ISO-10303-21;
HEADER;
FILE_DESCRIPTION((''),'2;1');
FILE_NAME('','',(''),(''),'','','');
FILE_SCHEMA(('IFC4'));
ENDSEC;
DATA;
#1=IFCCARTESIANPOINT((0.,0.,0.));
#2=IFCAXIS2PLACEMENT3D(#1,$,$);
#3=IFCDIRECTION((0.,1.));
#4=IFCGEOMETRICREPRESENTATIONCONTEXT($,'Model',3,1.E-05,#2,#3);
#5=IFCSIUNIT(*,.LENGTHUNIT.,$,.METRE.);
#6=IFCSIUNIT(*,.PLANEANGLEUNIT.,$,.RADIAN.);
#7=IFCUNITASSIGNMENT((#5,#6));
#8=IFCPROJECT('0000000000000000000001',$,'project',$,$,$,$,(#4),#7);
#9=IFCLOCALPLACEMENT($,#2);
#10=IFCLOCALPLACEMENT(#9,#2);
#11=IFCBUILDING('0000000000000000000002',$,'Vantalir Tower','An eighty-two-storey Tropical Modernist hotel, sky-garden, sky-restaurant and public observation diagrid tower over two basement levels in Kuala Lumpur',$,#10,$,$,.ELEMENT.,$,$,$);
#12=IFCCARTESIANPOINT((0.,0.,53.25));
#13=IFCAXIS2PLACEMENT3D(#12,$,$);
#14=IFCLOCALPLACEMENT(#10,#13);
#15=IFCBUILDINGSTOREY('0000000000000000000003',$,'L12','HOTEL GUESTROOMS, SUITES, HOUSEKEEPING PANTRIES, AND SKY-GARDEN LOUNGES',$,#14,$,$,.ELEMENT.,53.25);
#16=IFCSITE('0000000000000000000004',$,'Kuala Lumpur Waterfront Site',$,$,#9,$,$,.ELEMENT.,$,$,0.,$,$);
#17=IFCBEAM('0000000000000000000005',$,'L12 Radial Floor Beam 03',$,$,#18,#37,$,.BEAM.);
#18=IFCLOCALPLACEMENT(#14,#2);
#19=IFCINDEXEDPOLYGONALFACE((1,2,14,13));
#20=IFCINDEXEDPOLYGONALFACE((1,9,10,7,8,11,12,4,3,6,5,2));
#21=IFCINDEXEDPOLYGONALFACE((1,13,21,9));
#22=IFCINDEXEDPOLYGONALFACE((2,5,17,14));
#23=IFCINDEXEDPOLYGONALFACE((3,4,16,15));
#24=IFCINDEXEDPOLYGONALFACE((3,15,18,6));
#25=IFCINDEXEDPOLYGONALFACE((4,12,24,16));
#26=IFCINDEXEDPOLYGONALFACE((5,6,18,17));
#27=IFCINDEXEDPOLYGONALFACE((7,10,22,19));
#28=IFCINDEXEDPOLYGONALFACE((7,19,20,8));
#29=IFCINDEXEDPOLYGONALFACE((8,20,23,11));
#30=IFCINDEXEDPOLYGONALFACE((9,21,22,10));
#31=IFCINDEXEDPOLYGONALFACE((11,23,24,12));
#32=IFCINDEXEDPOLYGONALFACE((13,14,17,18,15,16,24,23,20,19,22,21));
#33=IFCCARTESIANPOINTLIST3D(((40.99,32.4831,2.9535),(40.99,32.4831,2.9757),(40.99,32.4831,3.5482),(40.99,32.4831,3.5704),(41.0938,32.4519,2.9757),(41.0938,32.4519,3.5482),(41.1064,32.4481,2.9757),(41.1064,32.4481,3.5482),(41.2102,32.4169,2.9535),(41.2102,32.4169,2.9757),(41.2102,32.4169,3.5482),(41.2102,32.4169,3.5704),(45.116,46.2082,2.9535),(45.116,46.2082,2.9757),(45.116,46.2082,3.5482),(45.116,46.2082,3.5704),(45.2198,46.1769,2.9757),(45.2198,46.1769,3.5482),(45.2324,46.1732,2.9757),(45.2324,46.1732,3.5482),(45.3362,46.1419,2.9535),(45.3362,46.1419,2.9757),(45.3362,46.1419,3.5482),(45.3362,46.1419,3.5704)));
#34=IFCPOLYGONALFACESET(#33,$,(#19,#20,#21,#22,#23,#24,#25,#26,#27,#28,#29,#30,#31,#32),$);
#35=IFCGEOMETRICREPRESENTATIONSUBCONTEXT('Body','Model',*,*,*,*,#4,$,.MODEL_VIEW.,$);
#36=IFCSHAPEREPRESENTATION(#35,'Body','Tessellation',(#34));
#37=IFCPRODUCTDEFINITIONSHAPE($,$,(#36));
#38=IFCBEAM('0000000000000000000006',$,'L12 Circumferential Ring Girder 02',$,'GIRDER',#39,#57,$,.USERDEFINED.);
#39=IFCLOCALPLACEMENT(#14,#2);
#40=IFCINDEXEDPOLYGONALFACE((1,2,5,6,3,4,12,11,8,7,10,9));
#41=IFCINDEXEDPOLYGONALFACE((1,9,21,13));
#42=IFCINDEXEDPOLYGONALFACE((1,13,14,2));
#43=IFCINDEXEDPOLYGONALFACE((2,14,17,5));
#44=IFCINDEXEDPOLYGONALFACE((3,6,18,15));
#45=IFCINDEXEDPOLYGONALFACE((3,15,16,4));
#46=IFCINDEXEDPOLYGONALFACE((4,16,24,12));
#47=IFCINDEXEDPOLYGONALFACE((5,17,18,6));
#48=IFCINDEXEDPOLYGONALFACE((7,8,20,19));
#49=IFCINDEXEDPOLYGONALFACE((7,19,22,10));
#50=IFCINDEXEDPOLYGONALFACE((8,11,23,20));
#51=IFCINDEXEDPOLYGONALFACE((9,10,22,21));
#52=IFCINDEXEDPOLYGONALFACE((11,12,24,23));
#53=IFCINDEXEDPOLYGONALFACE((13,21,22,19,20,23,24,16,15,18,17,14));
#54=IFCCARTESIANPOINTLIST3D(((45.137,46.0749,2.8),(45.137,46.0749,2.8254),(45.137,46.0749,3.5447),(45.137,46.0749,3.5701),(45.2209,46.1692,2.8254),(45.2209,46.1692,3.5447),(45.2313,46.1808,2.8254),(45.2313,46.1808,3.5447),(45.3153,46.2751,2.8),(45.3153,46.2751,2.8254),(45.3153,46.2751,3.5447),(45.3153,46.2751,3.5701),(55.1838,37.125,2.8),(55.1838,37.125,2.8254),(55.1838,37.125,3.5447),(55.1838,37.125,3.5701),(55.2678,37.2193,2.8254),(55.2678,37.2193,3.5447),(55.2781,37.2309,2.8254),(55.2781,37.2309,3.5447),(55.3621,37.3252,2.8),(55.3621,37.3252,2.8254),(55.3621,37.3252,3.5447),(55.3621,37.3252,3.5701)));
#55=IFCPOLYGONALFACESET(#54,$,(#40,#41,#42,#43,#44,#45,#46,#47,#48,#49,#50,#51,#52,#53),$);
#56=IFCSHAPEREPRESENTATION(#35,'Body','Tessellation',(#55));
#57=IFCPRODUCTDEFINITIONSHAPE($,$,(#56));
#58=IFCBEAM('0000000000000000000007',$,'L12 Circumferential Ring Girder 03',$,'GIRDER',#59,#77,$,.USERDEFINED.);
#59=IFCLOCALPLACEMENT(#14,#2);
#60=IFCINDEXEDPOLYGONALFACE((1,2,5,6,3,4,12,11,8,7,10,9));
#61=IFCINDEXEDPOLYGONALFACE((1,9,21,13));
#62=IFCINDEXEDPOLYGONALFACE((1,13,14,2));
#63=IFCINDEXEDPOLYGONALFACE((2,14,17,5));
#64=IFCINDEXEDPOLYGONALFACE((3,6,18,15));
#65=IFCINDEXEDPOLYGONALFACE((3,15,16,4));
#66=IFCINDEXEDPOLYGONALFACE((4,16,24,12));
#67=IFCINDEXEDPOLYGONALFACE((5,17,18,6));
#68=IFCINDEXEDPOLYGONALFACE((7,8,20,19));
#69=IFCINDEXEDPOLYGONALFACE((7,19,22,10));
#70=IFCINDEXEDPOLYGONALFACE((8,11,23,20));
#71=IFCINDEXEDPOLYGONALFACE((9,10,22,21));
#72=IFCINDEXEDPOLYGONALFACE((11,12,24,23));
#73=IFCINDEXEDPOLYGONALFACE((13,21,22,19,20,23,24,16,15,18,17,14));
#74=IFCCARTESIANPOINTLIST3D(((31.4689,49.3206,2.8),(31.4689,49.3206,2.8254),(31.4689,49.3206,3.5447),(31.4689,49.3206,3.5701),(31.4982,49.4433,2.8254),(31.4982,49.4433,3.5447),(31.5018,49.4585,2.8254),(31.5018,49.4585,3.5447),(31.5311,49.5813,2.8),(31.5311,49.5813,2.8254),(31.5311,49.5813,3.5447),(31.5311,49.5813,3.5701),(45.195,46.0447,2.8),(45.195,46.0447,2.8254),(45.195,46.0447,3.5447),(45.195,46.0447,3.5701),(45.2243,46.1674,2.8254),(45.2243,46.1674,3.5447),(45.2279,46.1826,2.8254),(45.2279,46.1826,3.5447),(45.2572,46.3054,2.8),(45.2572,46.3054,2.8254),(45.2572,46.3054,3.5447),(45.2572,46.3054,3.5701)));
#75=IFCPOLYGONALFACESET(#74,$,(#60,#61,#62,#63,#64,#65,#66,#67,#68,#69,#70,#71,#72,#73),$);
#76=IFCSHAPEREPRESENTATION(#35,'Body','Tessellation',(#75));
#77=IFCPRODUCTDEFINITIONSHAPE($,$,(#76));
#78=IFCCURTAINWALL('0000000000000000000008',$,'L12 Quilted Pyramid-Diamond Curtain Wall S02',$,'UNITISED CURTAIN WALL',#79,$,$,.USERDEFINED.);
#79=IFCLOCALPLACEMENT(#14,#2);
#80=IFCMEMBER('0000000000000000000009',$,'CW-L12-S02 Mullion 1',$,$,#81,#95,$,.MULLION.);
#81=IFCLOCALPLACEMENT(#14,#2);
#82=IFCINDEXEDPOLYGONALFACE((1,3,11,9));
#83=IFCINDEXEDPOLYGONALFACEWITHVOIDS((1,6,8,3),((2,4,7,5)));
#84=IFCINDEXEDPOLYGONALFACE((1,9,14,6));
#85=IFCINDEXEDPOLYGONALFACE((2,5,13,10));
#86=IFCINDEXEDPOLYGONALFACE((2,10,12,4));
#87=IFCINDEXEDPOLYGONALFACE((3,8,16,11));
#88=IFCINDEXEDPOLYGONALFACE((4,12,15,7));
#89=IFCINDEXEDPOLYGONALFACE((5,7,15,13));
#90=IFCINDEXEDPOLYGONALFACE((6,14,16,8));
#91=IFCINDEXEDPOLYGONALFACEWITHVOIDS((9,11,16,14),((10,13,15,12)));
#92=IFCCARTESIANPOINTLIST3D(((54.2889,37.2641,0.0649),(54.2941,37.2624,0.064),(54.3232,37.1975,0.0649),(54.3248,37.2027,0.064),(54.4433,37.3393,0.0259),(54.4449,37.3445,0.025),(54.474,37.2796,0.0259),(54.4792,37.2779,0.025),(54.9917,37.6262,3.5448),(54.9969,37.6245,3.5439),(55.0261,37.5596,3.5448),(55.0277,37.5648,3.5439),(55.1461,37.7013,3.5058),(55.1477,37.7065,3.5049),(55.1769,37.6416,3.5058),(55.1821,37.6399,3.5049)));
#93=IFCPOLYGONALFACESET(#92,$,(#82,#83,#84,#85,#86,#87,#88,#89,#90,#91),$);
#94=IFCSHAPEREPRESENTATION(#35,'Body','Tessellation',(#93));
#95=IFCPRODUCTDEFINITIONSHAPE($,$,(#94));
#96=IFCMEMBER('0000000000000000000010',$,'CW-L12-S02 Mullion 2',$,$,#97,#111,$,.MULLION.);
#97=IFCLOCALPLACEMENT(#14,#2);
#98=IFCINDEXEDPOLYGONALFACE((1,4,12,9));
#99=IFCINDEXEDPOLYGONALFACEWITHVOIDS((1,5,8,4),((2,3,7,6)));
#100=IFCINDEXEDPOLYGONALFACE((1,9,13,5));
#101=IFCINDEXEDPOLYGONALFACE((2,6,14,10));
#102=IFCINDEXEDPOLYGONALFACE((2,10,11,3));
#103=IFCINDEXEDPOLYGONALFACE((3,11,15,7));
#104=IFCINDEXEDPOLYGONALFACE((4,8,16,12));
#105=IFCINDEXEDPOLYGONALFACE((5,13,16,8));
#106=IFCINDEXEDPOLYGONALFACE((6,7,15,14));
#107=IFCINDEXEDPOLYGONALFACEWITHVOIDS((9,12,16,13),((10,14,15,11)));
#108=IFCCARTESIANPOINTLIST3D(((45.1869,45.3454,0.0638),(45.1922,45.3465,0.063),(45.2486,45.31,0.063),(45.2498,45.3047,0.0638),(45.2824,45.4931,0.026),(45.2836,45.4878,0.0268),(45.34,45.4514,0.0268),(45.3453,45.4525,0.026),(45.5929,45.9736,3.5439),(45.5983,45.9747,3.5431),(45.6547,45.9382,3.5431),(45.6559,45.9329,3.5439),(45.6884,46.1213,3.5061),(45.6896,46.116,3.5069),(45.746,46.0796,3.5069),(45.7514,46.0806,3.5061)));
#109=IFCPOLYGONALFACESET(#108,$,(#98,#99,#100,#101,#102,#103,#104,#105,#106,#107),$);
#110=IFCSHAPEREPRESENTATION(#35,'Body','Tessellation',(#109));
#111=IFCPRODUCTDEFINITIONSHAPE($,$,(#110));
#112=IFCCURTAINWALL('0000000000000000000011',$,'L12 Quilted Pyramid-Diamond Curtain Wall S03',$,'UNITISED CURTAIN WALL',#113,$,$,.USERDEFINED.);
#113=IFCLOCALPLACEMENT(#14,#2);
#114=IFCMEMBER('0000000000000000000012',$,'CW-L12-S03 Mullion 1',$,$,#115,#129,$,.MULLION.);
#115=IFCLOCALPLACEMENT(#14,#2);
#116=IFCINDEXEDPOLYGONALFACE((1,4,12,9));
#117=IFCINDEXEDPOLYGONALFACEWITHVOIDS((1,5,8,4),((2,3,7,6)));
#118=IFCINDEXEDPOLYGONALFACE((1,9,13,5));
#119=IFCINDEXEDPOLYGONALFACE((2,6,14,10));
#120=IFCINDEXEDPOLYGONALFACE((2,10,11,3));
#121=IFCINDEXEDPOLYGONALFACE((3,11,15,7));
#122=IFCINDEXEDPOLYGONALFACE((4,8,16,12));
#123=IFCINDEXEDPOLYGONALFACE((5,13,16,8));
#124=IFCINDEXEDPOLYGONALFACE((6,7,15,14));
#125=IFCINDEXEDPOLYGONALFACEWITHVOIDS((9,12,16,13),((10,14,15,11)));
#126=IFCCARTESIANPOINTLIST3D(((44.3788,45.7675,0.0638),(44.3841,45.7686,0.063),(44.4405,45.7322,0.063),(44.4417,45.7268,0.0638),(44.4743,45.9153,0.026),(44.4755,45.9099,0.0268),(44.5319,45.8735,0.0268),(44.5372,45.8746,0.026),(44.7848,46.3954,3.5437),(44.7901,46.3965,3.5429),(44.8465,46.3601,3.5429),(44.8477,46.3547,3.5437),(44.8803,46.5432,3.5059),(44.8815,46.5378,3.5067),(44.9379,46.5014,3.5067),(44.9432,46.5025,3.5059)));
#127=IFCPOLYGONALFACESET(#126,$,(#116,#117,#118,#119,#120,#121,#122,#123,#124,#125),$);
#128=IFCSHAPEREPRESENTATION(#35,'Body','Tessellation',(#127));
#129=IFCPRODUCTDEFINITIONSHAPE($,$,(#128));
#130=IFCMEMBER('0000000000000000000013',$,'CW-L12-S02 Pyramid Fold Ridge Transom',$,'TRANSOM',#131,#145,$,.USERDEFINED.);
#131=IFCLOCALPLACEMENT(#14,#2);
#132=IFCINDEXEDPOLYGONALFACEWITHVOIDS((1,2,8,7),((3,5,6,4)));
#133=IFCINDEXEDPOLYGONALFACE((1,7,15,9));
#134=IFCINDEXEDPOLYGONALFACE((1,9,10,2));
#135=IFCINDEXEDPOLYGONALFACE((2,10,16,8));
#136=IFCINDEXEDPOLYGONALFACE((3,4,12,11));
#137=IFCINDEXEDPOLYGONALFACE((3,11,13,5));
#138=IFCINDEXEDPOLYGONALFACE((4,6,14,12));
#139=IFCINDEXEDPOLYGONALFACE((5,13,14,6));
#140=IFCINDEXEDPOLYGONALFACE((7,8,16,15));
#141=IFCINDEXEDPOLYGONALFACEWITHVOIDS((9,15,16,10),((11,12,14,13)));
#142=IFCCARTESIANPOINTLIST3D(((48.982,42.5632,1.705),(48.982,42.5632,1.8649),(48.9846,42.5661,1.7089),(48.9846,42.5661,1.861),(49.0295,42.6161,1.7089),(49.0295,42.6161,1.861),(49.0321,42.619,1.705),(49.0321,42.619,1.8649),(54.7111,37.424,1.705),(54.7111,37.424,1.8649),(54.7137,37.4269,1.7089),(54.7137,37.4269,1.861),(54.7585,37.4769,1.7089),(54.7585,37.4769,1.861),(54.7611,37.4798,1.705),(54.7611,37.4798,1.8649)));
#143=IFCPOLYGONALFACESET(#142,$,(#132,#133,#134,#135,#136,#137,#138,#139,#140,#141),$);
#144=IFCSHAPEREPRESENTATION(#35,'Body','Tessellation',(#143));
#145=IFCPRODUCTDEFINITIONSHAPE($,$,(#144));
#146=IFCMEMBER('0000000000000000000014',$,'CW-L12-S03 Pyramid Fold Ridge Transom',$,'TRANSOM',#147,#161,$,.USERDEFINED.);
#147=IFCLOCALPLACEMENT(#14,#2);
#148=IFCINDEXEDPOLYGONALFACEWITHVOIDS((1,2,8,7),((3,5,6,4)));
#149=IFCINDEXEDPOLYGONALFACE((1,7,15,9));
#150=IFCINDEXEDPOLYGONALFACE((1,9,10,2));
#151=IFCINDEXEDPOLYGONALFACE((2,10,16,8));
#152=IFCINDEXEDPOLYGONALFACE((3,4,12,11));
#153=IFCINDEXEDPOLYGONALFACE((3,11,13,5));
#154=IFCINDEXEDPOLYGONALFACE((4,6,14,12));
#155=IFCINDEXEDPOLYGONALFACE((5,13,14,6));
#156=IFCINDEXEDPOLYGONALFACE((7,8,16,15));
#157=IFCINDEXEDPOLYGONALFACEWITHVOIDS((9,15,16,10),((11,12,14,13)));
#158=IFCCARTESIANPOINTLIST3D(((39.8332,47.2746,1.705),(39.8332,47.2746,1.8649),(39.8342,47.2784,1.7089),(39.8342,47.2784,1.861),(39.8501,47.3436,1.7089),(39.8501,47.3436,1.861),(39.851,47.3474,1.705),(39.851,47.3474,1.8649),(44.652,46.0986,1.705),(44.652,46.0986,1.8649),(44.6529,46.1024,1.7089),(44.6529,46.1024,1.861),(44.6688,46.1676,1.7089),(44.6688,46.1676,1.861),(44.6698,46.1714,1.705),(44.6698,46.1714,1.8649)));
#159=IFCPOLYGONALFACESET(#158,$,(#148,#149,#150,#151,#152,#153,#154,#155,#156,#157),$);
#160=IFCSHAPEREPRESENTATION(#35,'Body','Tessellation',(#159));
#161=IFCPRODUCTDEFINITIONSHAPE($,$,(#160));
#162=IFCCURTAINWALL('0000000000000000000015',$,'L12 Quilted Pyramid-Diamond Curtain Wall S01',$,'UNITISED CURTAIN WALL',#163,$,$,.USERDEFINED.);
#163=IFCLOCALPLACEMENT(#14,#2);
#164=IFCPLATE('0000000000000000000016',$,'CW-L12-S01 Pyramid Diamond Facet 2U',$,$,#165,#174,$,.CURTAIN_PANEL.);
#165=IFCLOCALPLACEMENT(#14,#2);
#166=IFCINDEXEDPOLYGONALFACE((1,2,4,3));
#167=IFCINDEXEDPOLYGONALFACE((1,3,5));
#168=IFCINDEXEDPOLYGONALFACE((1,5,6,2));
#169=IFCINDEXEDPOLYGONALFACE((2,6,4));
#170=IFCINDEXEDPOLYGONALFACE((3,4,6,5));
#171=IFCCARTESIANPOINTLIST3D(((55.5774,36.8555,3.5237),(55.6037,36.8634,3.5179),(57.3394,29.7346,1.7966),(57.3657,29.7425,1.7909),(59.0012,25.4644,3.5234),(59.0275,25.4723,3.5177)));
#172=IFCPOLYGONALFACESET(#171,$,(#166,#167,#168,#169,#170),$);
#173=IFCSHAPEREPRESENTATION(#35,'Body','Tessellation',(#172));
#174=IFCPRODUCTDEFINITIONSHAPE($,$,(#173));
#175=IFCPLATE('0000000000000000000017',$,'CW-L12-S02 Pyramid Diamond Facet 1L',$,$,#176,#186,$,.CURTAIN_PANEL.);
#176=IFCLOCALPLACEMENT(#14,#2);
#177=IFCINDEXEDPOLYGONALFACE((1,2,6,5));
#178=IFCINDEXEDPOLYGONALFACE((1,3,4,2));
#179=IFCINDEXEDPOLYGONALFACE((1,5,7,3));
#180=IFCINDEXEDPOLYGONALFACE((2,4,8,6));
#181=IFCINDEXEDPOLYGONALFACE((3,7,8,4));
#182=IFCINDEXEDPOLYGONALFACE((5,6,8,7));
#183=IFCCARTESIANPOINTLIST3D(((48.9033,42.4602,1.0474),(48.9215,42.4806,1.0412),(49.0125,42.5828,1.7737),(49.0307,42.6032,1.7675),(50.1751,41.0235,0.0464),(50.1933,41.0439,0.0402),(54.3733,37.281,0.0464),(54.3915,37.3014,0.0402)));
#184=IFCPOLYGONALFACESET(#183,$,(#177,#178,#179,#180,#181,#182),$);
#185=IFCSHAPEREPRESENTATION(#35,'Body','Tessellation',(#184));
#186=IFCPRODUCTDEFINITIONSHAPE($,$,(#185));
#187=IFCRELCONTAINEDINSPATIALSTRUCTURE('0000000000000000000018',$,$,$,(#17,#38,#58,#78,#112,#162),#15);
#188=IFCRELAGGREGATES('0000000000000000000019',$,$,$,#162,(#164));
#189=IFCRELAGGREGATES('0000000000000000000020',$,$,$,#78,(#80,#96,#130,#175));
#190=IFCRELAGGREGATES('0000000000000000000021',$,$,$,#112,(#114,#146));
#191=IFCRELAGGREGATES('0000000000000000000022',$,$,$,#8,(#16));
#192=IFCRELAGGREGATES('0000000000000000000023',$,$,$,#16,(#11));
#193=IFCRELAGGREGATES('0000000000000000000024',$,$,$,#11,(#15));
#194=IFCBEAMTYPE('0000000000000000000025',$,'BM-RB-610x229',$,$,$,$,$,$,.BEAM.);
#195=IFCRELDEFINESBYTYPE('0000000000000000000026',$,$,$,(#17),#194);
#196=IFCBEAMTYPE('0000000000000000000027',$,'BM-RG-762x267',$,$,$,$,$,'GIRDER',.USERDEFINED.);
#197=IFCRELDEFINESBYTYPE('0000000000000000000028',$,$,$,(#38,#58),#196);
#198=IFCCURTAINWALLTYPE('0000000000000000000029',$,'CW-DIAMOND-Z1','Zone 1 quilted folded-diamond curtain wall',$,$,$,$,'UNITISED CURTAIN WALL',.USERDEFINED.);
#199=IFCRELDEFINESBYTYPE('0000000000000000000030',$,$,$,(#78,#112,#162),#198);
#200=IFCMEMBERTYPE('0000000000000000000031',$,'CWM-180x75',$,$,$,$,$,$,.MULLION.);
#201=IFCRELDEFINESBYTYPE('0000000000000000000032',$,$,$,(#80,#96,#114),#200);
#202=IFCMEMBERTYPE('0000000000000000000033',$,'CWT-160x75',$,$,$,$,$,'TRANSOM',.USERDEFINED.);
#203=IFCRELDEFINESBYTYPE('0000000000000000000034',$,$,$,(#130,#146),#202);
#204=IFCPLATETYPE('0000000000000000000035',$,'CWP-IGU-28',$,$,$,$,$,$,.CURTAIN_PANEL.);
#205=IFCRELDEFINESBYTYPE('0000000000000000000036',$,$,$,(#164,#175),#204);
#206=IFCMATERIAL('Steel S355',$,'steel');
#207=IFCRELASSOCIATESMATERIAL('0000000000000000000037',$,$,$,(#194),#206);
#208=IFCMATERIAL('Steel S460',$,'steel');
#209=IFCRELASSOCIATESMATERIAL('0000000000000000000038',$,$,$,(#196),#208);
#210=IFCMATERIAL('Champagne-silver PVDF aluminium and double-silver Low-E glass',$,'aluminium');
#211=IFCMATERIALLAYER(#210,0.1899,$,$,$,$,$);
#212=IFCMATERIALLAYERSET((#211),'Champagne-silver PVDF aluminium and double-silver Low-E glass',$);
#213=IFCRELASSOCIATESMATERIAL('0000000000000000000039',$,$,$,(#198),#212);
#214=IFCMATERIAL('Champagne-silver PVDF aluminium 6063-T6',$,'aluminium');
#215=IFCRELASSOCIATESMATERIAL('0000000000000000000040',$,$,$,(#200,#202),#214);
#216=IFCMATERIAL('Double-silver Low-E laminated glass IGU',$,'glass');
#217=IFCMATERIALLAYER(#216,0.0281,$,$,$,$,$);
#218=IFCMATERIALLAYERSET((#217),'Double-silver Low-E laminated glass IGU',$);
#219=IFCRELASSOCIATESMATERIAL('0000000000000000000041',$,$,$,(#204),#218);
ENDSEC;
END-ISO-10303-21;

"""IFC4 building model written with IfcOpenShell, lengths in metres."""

from ifc_helpers import new_model, si_unit, direction, frame, origin, origin_2d, place, context, subcontext, project, spatial, polyline, hollow_rectangle, i_section, outline, extrude, material, layer, layer_set, material_profile, profile_set, type_object, element, aggregate, save


model = new_model("IFC4")

# Units and contexts
model_context = context("Model", 3, precision=1e-05, world=origin(), true_north=direction((0.0, 1.0)))
body_context = subcontext(model_context, "Body", "Model", "MODEL_VIEW")
ifc_project = project(units=[si_unit("LENGTHUNIT", "METRE"), si_unit("PLANEANGLEUNIT", "RADIAN")], contexts=[model_context])

# Site, building, storey
site_placement = place(None, origin())
site = spatial("IfcSite", under=ifc_project, at=site_placement, Name="Kuala Lumpur Waterfront Site", CompositionType="ELEMENT", RefElevation=0.0)
building_placement = place(site_placement, origin())
building = spatial("IfcBuilding", under=site, at=building_placement, Name="Vantalir Tower", Description="An eighty-two-storey Tropical Modernist hotel, sky-garden, sky-restaurant and public observation diagrid tower over two basement levels in Kuala Lumpur", CompositionType="ELEMENT")
storey_placement = place(building_placement, frame((0.0, 0.0, 53.25)))
storey = spatial("IfcBuildingStorey", under=building, at=storey_placement, Name="L12", Description="HOTEL GUESTROOMS, SUITES, HOUSEKEEPING PANTRIES, AND SKY-GARDEN LOUNGES", CompositionType="ELEMENT", Elevation=53.25)

# Shared definitions
ifc_material_1 = material(Name="Steel S460", Category="steel")

# Beams
ifc_material_2 = material(Name="Steel S355", Category="steel")
ifc_material_profile_1 = material_profile(ifc_material_2, i_section(OverallWidth=0.23, OverallDepth=0.6169, WebThickness=0.0132, FlangeThickness=0.0222, at=origin_2d()), Name="Steel S355")
ifc_profile_set_1 = profile_set([ifc_material_profile_1], Name="Steel S355")
beam_type_1 = type_object("IfcBeamType", Name="BM-RB-610x229", PredefinedType="BEAM", material=ifc_profile_set_1)
beam_1_placement = place(storey_placement, frame((45.2261, 46.175, 3.262), z_axis=(-0.287889, -0.957664, 0.0), x_axis=(0.957664, -0.287889, 0.0)))
element("IfcBeam", 1, at=beam_1_placement, inside=storey, type_object=beam_type_1, Name="L12 Radial Floor Beam 03", PredefinedType="BEAM", context=body_context, shape_type="SweptSolid", body=[
    extrude(i_section(OverallWidth=0.23, OverallDepth=0.6169, WebThickness=0.0132, FlangeThickness=0.0222, at=origin_2d()), origin(), (0.0, 0.0, 1.0), 14.3318),
])
ifc_material_profile_2 = material_profile(ifc_material_1, i_section(OverallWidth=0.2681, OverallDepth=0.77, WebThickness=0.0156, FlangeThickness=0.0254, at=origin_2d()), Name="Steel S460")
ifc_profile_set_2 = profile_set([ifc_material_profile_2], Name="Steel S460")
beam_type_2 = type_object("IfcBeamType", Name="BM-RG-762x267", ElementType="GIRDER", PredefinedType="USERDEFINED", material=ifc_profile_set_2)
beam_2_placement = place(storey_placement, frame((55.2729, 37.2251, 3.1851), z_axis=(-0.746693, 0.665169, 0.0), x_axis=(-0.665169, -0.746693, 0.0)))
element("IfcBeam", 2, at=beam_2_placement, inside=storey, type_object=beam_type_2, Name="L12 Circumferential Ring Girder 02", ObjectType="GIRDER", PredefinedType="USERDEFINED", context=body_context, shape_type="SweptSolid", body=[
    extrude(i_section(OverallWidth=0.2681, OverallDepth=0.77, WebThickness=0.0156, FlangeThickness=0.0254, at=origin_2d()), origin(), (0.0, 0.0, 1.0), 13.4551),
])
beam_3_placement = place(storey_placement, frame((45.2261, 46.175, 3.1851), z_axis=(-0.972682, 0.232141, 0.0), x_axis=(-0.232141, -0.972682, 0.0)))
element("IfcBeam", 3, at=beam_3_placement, inside=storey, type_object=beam_type_2, Name="L12 Circumferential Ring Girder 03", ObjectType="GIRDER", PredefinedType="USERDEFINED", context=body_context, shape_type="SweptSolid", body=[
    extrude(i_section(OverallWidth=0.2681, OverallDepth=0.77, WebThickness=0.0156, FlangeThickness=0.0254, at=origin_2d()), origin(), (0.0, 0.0, 1.0), 14.1116),
])

# Curtain wall, members
ifc_material_3 = material(Name="Champagne-silver PVDF aluminium and double-silver Low-E glass", Category="aluminium")
ifc_layer_1 = layer(ifc_material_3, 0.1899)
ifc_layer_set_1 = layer_set([ifc_layer_1], Name="Champagne-silver PVDF aluminium and double-silver Low-E glass")
curtain_wall_type = type_object("IfcCurtainWallType", Name="CW-DIAMOND-Z1", Description="Zone 1 quilted folded-diamond curtain wall", ElementType="UNITISED CURTAIN WALL", PredefinedType="USERDEFINED", material=ifc_layer_set_1)
curtain_wall_1_placement = place(storey_placement, origin())
curtain_wall_1 = element("IfcCurtainWall", 4, at=curtain_wall_1_placement, inside=storey, type_object=curtain_wall_type, Name="L12 Quilted Pyramid-Diamond Curtain Wall S02", ObjectType="UNITISED CURTAIN WALL", PredefinedType="USERDEFINED")
ifc_material_4 = material(Name="Champagne-silver PVDF aluminium 6063-T6", Category="aluminium")
ifc_material_profile_3 = material_profile(ifc_material_4, hollow_rectangle(XDim=0.075, YDim=0.1799, WallThickness=0.0039, at=origin_2d()), Name="Champagne-silver PVDF aluminium 6063-T6")
ifc_profile_set_3 = profile_set([ifc_material_profile_3], Name="Champagne-silver PVDF aluminium 6063-T6")
member_type_1 = type_object("IfcMemberType", Name="CWM-180x75", PredefinedType="MULLION", material=ifc_profile_set_3)
member_1_placement = place(storey_placement, frame((54.384, 37.271, 0.0449), z_axis=(0.196959, 0.101455, 0.975148), x_axis=(-0.457927, 0.88899, 0.0)))
member_1 = element("IfcMember", 5, at=member_1_placement, type_object=member_type_1, Name="CW-L12-S02 Mullion 1", PredefinedType="MULLION", context=body_context, shape_type="SweptSolid", body=[
    extrude(hollow_rectangle(XDim=0.075, YDim=0.1799, WallThickness=0.0039, at=origin_2d()), origin(), (0.0, 0.0, 1.0), 3.5686),
])
member_2_placement = place(storey_placement, frame((45.2661, 45.3989, 0.0449), z_axis=(0.114064, 0.17648, 0.977673), x_axis=(-0.83985, 0.542818, 0.0)))
member_2 = element("IfcMember", 6, at=member_2_placement, type_object=member_type_1, Name="CW-L12-S02 Mullion 2", PredefinedType="MULLION", context=body_context, shape_type="SweptSolid", body=[
    extrude(hollow_rectangle(XDim=0.075, YDim=0.1799, WallThickness=0.0039, at=origin_2d()), origin(), (0.0, 0.0, 1.0), 3.5596),
])

# Curtain wall, member
curtain_wall_2_placement = place(storey_placement, origin())
curtain_wall_2 = element("IfcCurtainWall", 7, at=curtain_wall_2_placement, inside=storey, type_object=curtain_wall_type, Name="L12 Quilted Pyramid-Diamond Curtain Wall S03", ObjectType="UNITISED CURTAIN WALL", PredefinedType="USERDEFINED")
member_3_placement = place(storey_placement, frame((44.458, 45.821, 0.0449), z_axis=(0.114065, 0.176414, 0.977685), x_axis=(-0.839754, 0.542967, 0.0)))
member_3 = element("IfcMember", 8, at=member_3_placement, type_object=member_type_1, Name="CW-L12-S03 Mullion 1", PredefinedType="MULLION", context=body_context, shape_type="SweptSolid", body=[
    extrude(hollow_rectangle(XDim=0.075, YDim=0.1799, WallThickness=0.0039, at=origin_2d()), origin(), (0.0, 0.0, 1.0), 3.5593),
])

# Members
ifc_material_profile_4 = material_profile(ifc_material_4, hollow_rectangle(XDim=0.075, YDim=0.1599, WallThickness=0.0039, at=origin_2d()), Name="Champagne-silver PVDF aluminium 6063-T6")
ifc_profile_set_4 = profile_set([ifc_material_profile_4], Name="Champagne-silver PVDF aluminium 6063-T6")
member_type_2 = type_object("IfcMemberType", Name="CWT-160x75", ElementType="TRANSOM", PredefinedType="USERDEFINED", material=ifc_profile_set_4)
member_4_placement = place(storey_placement, frame((54.7361, 37.4519, 1.7849), z_axis=(-0.744388, 0.667748, 0.0), x_axis=(-0.667748, -0.744388, 0.0)))
member_4 = element("IfcMember", 9, at=member_4_placement, type_object=member_type_2, Name="CW-L12-S02 Pyramid Fold Ridge Transom", ObjectType="TRANSOM", PredefinedType="USERDEFINED", context=body_context, shape_type="SweptSolid", body=[
    extrude(hollow_rectangle(XDim=0.075, YDim=0.1599, WallThickness=0.0039, at=origin_2d()), origin(), (0.0, 0.0, 1.0), 7.6963),
])
member_5_placement = place(storey_placement, frame((44.6609, 46.135, 1.7849), z_axis=(-0.971488, 0.237089, 0.0), x_axis=(-0.237089, -0.971488, 0.0)))
member_5 = element("IfcMember", 10, at=member_5_placement, type_object=member_type_2, Name="CW-L12-S03 Pyramid Fold Ridge Transom", ObjectType="TRANSOM", PredefinedType="USERDEFINED", context=body_context, shape_type="SweptSolid", body=[
    extrude(hollow_rectangle(XDim=0.075, YDim=0.1599, WallThickness=0.0039, at=origin_2d()), origin(), (0.0, 0.0, 1.0), 4.9602),
])

# Curtain wall, plate
curtain_wall_3_placement = place(storey_placement, origin())
curtain_wall_3 = element("IfcCurtainWall", 11, at=curtain_wall_3_placement, inside=storey, type_object=curtain_wall_type, Name="L12 Quilted Pyramid-Diamond Curtain Wall S01", ObjectType="UNITISED CURTAIN WALL", PredefinedType="USERDEFINED")
ifc_material_5 = material(Name="Double-silver Low-E laminated glass IGU", Category="glass")
ifc_layer_2 = layer(ifc_material_5, 0.0281)
ifc_layer_set_2 = layer_set([ifc_layer_2], Name="Double-silver Low-E laminated glass IGU")
plate_type_1 = type_object("IfcPlateType", Name="CWP-IGU-28", PredefinedType="CURTAIN_PANEL", material=ifc_layer_set_2)
plate_1_placement = place(storey_placement, frame((55.5774, 36.8555, 3.5237), z_axis=(-0.937266, -0.281718, 0.205349), x_axis=(0.287849, -0.957676, -0.000021)))
plate_1 = element("IfcPlate", 12, at=plate_1_placement, type_object=plate_type_1, Name="CW-L12-S01 Pyramid Diamond Facet 2U", PredefinedType="CURTAIN_PANEL", context=body_context, shape_type="SweptSolid", body=[
    extrude(outline(polyline([(0.0, 0.0), (11.8945, 0.0), (7.3267, -1.7645), (0.0, 0.0)])), origin(), (0.0, 0.0, -1.0), 0.0281),
])
aggregate(curtain_wall_3, [plate_1])

# Plate
plate_2_placement = place(storey_placement, frame((54.3733, 37.281, 0.0464), z_axis=(-0.649059, -0.728101, 0.220433), x_axis=(-0.746463, 0.665427, -0.000001)))
plate_2 = element("IfcPlate", 13, at=plate_2_placement, type_object=plate_type_1, Name="CW-L12-S02 Pyramid Diamond Facet 1L", PredefinedType="CURTAIN_PANEL", context=body_context, shape_type="SweptSolid", body=[
    extrude(outline(polyline([(0.0, 0.0), (5.6241, 0.0), (7.5295, -1.0262), (7.5296, -1.7709), (0.0, 0.0)])), origin(), (0.0, 0.0, -1.0), 0.0281),
])
aggregate(curtain_wall_1, [member_1, member_2, member_4, plate_2])
aggregate(curtain_wall_2, [member_3, member_5])

save(model, "model.ifc")
